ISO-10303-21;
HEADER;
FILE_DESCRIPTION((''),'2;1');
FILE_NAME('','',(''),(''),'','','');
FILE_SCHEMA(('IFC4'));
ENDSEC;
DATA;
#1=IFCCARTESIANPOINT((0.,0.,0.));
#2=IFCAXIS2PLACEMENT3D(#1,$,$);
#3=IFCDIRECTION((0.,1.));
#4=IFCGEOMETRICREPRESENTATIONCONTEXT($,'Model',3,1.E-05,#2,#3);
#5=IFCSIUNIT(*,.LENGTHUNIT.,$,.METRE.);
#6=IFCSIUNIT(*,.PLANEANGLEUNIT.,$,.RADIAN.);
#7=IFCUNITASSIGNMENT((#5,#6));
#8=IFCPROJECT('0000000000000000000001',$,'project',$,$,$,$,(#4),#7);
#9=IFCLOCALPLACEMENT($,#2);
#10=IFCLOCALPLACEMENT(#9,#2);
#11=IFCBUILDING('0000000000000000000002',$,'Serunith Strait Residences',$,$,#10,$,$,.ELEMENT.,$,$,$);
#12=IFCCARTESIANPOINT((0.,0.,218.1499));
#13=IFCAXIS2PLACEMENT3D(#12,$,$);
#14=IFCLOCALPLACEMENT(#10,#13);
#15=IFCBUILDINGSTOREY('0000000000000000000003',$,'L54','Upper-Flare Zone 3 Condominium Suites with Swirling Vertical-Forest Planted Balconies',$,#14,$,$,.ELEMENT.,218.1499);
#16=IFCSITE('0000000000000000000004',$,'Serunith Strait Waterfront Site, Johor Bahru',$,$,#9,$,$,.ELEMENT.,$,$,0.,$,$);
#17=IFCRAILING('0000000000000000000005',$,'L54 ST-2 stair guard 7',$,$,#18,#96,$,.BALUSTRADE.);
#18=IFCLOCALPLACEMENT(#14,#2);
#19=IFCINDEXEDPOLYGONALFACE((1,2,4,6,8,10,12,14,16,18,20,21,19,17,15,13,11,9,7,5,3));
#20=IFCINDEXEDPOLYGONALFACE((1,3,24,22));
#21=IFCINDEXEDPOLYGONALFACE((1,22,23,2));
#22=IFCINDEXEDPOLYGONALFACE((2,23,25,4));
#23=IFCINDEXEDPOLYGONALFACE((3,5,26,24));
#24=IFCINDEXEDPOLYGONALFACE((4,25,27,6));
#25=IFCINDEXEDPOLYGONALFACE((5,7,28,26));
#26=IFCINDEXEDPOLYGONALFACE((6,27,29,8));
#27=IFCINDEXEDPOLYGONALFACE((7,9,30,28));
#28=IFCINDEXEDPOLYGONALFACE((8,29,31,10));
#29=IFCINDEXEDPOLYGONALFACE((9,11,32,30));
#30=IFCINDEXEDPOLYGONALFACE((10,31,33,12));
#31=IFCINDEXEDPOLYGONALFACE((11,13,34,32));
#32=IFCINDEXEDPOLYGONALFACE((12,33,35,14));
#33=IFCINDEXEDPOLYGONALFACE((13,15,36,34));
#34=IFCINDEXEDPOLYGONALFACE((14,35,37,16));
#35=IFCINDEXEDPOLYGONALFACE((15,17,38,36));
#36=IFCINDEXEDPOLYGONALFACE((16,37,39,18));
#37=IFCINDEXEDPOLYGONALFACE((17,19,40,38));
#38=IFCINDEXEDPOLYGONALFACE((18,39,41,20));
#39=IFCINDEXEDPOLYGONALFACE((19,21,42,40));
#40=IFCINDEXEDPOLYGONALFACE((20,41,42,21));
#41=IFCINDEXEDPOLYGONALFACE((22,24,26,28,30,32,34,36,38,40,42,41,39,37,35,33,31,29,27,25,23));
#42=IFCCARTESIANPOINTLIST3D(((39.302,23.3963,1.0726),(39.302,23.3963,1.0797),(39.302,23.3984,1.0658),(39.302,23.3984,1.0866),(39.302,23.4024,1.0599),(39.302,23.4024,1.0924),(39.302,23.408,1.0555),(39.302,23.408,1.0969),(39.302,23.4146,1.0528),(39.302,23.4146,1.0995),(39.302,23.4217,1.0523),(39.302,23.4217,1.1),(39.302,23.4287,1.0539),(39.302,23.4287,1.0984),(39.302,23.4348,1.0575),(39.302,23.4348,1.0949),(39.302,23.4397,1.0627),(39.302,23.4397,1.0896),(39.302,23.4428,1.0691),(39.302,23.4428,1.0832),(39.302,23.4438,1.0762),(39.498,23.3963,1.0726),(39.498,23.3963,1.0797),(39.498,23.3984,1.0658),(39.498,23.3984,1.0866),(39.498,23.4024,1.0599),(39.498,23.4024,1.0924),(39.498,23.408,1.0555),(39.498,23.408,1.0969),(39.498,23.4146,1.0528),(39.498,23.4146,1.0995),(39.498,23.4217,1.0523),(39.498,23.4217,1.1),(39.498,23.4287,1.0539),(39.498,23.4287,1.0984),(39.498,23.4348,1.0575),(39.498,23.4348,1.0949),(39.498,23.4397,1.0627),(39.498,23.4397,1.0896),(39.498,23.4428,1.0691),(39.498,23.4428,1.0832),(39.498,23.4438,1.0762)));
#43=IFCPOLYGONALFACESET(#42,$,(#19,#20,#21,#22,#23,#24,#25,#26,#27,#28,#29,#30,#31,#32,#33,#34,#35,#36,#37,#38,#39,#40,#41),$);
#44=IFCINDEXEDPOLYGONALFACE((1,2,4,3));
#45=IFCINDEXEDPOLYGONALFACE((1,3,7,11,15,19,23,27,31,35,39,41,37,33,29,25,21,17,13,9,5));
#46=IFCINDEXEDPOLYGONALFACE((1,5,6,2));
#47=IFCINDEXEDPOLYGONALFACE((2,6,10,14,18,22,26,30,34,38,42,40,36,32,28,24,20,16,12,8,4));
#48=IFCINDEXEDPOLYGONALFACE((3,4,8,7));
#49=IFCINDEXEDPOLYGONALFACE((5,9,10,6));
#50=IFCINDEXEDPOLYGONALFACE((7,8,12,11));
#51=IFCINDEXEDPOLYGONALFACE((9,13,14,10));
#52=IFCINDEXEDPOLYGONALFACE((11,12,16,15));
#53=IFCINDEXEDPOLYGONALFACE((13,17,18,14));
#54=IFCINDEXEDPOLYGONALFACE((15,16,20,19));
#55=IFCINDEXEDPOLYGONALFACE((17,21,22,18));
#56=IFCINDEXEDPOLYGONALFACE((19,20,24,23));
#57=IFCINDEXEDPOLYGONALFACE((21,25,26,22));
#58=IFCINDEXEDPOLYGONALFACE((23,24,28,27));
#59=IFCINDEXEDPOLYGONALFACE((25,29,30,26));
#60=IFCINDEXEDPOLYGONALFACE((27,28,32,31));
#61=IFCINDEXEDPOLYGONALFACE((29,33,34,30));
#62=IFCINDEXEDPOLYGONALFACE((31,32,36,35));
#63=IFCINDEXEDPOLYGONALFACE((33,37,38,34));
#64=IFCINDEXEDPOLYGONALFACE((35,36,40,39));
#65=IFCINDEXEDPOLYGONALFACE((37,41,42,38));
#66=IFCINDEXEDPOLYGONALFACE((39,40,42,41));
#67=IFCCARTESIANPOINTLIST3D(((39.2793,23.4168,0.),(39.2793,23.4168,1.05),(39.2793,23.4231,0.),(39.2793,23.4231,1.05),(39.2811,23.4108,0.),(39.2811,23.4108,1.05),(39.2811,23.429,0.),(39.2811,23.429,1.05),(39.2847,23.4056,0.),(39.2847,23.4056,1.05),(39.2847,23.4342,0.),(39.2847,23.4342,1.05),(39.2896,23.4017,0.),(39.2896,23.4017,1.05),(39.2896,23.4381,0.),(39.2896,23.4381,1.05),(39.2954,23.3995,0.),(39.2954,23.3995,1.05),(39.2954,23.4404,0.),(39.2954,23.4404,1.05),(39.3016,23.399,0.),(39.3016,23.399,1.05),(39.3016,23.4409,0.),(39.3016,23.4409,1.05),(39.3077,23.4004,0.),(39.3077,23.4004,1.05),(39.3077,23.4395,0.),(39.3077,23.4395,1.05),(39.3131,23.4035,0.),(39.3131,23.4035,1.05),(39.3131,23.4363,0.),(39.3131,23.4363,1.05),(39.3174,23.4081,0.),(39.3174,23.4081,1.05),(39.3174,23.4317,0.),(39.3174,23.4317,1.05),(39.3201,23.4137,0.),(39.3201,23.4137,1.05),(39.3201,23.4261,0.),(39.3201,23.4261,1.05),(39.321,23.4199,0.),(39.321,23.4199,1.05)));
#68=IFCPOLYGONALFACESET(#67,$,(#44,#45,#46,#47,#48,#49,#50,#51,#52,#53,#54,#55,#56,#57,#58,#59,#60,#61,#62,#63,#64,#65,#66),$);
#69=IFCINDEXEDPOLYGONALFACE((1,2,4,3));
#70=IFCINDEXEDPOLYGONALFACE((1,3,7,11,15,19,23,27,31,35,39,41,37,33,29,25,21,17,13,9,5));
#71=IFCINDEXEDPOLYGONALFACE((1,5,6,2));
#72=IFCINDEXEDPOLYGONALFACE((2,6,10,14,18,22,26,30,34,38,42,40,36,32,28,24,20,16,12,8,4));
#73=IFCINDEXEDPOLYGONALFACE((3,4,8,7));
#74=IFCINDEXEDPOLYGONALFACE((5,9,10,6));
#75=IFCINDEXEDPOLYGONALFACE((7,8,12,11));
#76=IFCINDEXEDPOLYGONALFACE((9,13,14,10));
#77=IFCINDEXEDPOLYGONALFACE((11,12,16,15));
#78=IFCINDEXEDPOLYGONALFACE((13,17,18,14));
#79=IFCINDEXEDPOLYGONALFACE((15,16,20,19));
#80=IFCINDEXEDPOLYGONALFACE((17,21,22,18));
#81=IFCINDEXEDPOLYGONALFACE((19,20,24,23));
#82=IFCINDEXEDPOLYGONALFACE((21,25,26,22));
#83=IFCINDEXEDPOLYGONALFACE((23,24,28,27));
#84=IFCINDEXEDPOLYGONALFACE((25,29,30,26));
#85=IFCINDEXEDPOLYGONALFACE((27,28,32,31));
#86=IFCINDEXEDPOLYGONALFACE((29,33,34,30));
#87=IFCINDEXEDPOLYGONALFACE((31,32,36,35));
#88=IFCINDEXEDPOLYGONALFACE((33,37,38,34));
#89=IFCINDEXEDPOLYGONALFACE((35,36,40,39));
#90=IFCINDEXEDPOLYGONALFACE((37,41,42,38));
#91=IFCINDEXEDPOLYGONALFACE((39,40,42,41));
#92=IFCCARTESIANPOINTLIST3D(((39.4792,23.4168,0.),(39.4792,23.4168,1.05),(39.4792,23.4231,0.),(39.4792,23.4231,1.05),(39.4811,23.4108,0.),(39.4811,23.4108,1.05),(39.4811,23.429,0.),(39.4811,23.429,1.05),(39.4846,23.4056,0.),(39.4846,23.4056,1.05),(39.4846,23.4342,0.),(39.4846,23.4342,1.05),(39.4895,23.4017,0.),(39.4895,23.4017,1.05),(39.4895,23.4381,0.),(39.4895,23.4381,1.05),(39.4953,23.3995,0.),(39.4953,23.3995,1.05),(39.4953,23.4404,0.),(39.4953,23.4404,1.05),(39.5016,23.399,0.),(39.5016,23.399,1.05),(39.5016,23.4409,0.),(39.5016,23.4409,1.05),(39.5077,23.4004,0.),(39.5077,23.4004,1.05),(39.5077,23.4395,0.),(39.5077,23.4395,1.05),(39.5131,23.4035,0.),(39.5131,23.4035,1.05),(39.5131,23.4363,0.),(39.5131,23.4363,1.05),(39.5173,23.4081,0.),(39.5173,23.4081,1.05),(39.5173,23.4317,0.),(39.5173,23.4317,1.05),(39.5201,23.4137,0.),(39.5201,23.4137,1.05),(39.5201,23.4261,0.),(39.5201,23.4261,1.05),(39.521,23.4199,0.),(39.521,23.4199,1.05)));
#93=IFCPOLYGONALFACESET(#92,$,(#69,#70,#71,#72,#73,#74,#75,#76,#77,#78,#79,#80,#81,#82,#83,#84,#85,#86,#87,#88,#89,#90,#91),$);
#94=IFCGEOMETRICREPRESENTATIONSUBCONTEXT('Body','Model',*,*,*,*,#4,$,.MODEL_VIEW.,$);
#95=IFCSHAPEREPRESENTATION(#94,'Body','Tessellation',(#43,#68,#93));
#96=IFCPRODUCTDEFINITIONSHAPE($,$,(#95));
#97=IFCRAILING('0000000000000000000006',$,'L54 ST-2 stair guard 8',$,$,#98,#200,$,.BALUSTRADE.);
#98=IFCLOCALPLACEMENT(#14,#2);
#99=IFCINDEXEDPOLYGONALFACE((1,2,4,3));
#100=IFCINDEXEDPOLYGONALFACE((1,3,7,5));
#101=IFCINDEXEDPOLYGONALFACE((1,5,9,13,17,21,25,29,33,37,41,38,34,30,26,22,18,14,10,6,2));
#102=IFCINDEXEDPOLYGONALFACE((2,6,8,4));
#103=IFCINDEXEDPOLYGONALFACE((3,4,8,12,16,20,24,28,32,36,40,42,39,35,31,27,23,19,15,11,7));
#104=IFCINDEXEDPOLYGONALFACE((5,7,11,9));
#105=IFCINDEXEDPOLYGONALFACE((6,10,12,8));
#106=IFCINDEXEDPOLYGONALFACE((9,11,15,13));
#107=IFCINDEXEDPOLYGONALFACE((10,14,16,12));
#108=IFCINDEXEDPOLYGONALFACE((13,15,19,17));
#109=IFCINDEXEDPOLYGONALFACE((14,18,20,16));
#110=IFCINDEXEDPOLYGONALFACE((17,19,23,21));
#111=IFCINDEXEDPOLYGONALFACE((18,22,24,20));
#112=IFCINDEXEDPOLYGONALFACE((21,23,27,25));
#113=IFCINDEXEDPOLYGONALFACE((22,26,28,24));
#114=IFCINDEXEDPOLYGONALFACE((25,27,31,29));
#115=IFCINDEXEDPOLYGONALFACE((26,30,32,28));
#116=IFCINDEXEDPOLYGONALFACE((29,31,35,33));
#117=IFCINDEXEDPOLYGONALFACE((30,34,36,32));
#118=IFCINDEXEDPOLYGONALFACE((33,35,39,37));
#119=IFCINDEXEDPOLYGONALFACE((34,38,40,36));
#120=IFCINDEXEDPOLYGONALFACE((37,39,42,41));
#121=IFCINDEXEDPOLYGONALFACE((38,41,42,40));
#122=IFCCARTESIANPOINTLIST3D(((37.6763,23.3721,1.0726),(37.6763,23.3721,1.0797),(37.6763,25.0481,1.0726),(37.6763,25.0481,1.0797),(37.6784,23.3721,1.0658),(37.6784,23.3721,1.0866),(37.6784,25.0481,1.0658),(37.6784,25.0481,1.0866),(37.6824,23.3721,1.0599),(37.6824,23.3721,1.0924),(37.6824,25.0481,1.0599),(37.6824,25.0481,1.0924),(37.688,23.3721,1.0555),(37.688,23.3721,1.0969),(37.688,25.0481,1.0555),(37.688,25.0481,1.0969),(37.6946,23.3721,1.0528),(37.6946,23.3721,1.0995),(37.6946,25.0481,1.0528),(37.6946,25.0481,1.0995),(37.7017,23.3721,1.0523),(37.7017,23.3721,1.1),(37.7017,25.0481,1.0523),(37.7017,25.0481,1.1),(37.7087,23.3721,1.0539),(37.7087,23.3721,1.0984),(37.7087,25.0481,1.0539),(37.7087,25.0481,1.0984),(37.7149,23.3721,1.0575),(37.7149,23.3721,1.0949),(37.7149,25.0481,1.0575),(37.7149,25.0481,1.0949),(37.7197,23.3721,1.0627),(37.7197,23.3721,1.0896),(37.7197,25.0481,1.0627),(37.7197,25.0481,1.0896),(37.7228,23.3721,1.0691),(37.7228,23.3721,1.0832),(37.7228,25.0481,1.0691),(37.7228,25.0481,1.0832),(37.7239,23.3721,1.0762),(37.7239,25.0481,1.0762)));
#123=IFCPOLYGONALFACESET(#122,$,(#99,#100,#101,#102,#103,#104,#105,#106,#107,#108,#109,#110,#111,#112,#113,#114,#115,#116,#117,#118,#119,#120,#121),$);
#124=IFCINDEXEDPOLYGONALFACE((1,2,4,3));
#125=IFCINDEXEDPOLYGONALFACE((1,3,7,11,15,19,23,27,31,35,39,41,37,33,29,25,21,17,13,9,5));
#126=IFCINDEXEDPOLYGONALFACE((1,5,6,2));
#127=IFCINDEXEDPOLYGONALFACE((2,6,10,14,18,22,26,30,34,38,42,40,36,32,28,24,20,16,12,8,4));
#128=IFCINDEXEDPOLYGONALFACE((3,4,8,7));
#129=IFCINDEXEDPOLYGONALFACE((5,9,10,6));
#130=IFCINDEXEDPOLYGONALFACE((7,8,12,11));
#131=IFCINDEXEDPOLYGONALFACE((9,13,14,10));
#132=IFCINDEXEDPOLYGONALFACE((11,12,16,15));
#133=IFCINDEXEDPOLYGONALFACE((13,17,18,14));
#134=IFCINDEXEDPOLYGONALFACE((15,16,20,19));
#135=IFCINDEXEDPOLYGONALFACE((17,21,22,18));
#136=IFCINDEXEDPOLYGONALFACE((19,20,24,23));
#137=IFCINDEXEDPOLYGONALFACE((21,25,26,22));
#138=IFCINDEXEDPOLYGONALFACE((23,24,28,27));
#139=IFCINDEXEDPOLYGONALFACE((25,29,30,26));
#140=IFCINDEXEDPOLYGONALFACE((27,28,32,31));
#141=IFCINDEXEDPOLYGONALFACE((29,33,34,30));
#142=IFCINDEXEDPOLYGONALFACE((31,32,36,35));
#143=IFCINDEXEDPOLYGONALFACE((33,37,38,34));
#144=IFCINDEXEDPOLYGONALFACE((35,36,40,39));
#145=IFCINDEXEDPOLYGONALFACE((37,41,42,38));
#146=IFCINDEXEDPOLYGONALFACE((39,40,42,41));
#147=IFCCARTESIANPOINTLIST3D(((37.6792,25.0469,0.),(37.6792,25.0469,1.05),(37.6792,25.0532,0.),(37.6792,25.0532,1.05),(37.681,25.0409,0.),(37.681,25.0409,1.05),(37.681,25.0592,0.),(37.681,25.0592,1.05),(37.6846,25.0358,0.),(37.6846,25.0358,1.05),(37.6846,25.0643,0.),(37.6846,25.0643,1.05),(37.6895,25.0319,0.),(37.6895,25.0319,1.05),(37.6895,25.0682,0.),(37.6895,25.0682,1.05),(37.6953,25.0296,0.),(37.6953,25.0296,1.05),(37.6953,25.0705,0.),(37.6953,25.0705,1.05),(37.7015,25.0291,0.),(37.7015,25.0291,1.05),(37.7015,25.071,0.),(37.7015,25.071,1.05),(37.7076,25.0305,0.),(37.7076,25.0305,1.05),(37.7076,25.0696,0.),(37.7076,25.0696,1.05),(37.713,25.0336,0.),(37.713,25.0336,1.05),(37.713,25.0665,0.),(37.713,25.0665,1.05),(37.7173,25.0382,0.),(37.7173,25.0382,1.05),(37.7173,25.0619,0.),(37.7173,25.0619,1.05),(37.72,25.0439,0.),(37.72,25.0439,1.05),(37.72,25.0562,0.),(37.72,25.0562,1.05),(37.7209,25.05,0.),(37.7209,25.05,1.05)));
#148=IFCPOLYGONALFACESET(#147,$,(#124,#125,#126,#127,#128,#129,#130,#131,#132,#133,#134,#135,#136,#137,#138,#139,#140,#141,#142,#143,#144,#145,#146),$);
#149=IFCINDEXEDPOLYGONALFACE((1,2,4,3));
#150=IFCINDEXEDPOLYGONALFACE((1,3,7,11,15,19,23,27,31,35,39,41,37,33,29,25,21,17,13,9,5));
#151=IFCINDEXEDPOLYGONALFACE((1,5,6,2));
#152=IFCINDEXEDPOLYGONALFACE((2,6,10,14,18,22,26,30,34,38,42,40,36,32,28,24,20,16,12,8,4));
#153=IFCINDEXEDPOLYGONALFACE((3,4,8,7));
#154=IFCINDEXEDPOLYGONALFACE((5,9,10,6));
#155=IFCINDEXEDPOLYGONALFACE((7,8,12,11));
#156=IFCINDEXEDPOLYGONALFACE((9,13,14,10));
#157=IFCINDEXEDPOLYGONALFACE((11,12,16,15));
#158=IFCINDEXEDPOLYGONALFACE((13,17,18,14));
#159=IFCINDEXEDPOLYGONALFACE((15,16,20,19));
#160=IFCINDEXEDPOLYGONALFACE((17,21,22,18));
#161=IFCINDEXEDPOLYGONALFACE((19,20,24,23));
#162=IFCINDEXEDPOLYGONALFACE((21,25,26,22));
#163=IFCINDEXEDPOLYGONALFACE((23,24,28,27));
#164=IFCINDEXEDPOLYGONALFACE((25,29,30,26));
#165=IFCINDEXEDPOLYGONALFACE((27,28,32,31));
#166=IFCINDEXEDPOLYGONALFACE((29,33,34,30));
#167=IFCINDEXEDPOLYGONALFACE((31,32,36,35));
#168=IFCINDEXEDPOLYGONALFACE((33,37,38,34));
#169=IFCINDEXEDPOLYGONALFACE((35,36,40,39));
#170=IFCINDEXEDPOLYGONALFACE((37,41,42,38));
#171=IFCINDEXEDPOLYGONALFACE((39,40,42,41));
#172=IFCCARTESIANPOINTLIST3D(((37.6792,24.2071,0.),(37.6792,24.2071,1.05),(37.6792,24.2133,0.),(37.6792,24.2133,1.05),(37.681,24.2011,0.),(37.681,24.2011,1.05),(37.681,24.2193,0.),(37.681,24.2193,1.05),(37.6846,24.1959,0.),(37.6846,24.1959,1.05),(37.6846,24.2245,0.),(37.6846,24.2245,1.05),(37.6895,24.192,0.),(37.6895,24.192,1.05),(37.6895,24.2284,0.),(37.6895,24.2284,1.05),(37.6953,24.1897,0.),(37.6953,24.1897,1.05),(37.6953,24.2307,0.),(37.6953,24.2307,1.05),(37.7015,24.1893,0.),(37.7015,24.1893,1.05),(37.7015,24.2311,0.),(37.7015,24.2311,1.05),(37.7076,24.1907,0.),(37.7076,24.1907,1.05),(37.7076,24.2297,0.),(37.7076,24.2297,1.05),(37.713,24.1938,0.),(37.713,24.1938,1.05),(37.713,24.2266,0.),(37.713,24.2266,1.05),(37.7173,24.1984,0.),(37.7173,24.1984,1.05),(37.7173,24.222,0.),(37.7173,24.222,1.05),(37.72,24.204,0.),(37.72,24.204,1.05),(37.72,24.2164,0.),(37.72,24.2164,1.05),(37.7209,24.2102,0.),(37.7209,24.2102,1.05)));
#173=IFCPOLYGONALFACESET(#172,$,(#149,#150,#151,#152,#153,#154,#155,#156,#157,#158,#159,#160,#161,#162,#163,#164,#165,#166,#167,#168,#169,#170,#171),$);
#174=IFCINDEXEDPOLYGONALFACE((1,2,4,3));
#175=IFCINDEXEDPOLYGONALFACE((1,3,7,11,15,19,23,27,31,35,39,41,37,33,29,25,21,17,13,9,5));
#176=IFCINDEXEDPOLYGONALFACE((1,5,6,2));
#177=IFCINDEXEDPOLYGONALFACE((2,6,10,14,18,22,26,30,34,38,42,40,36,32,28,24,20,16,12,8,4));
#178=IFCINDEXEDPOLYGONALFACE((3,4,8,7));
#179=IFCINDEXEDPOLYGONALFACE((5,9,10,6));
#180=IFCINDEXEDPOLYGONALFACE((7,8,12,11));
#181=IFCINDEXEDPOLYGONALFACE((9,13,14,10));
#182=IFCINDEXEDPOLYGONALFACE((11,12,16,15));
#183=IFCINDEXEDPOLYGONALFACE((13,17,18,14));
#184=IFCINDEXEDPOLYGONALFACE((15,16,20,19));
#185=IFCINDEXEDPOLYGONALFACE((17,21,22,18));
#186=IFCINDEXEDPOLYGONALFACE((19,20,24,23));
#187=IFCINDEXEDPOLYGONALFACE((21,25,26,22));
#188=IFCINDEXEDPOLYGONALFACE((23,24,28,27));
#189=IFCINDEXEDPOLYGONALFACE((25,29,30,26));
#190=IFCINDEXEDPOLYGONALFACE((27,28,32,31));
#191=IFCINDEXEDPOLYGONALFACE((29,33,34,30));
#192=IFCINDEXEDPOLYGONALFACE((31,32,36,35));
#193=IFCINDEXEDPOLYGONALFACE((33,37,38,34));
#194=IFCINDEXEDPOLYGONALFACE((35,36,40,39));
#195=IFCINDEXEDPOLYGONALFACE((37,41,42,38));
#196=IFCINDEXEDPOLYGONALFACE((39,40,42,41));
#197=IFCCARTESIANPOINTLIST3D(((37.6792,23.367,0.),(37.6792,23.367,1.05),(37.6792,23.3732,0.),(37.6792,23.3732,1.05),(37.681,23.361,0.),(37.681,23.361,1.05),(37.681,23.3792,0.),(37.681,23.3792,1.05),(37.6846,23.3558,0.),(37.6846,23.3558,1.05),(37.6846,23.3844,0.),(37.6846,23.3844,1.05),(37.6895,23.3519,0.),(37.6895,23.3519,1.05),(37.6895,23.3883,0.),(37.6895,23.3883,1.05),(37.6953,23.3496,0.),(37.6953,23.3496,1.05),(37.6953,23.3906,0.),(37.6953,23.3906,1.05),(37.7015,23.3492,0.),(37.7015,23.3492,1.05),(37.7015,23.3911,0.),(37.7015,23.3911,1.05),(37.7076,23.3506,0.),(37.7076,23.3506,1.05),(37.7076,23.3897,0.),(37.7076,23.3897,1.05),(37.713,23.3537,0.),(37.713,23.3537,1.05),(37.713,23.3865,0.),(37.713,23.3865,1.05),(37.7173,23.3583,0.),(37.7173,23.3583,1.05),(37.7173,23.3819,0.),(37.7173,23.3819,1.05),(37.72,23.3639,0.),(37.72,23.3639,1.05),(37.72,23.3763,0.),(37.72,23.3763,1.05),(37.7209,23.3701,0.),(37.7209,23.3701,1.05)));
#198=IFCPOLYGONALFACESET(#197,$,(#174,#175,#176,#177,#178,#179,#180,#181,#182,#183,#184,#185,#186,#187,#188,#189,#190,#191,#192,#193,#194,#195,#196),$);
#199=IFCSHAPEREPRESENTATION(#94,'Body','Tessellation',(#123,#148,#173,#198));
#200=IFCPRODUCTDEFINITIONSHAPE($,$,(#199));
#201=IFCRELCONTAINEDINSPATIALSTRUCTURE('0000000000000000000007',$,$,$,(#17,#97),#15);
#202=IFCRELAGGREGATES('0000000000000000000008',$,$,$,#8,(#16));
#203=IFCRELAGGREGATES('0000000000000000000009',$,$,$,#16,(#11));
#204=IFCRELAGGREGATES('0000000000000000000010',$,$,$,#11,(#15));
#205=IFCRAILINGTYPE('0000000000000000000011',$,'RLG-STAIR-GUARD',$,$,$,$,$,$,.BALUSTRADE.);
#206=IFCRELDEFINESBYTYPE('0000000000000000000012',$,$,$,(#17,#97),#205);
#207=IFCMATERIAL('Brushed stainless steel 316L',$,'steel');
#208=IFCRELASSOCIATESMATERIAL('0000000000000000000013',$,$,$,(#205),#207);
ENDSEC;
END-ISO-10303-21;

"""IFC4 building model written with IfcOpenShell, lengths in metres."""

from ifc_helpers import new_model, si_unit, direction, frame, origin, origin_2d, place, context, subcontext, project, spatial, circle, extrude, material, type_object, element, save


model = new_model("IFC4")

# Units and contexts
model_context = context("Model", 3, precision=1e-05, world=origin(), true_north=direction((0.0, 1.0)))
body_context = subcontext(model_context, "Body", "Model", "MODEL_VIEW")
ifc_project = project(units=[si_unit("LENGTHUNIT", "METRE"), si_unit("PLANEANGLEUNIT", "RADIAN")], contexts=[model_context])

# Site, building, storey
site_placement = place(None, origin())
site = spatial("IfcSite", under=ifc_project, at=site_placement, Name="Serunith Strait Waterfront Site, Johor Bahru", CompositionType="ELEMENT", RefElevation=0.0)
building_placement = place(site_placement, origin())
building = spatial("IfcBuilding", under=site, at=building_placement, Name="Serunith Strait Residences", CompositionType="ELEMENT")
storey_placement = place(building_placement, frame((0.0, 0.0, 218.1499)))
storey = spatial("IfcBuildingStorey", under=building, at=storey_placement, Name="L54", Description="Upper-Flare Zone 3 Condominium Suites with Swirling Vertical-Forest Planted Balconies", CompositionType="ELEMENT", Elevation=218.1499)

# Railings
ifc_material_1 = material(Name="Brushed stainless steel 316L", Category="steel")
railing_type = type_object("IfcRailingType", Name="RLG-STAIR-GUARD", PredefinedType="BALUSTRADE", material=ifc_material_1)
railing_1_placement = place(storey_placement, frame((39.3, 23.4199, 0.0)))
element("IfcRailing", 1, at=railing_1_placement, inside=storey, type_object=railing_type, Name="L54 ST-2 stair guard 7", PredefinedType="BALUSTRADE", context=body_context, shape_type="SweptSolid", body=[
    extrude(circle(Radius=0.0239, at=origin_2d()), frame((0.002, 0.0, 1.0762), z_axis=(1.0, 0.0, 0.0), x_axis=(0.0, 1.0, 0.0)), (0.0, 0.0, 1.0), 0.196),
    extrude(circle(Radius=0.021, at=origin_2d()), origin(), (0.0, 0.0, 1.0), 1.05),
    extrude(circle(Radius=0.021, at=origin_2d()), frame((0.2, 0.0, 0.0)), (0.0, 0.0, 1.0), 1.05),
])
for number, where, name in (
    (2, (37.7, 25.05, 0.0), "L54 ST-2 stair guard 8"),
):
    element("IfcRailing", number, at=place(storey_placement, frame(where)), inside=storey, type_object=railing_type, Name=name, PredefinedType="BALUSTRADE", context=body_context, shape_type="SweptSolid", body=[
        extrude(circle(Radius=0.0239, at=origin_2d()), frame((0.0, -0.002, 1.0762), z_axis=(0.0, -1.0, 0.0), x_axis=(1.0, 0.0, 0.0)), (0.0, 0.0, 1.0), 1.676),
        extrude(circle(Radius=0.021, at=origin_2d()), origin(), (0.0, 0.0, 1.0), 1.05),
        extrude(circle(Radius=0.021, at=origin_2d()), frame((0.0, -0.8398, 0.0)), (0.0, 0.0, 1.0), 1.05),
        extrude(circle(Radius=0.021, at=origin_2d()), frame((0.0, -1.6799, 0.0)), (0.0, 0.0, 1.0), 1.05),
    ])

save(model, "model.ifc")
